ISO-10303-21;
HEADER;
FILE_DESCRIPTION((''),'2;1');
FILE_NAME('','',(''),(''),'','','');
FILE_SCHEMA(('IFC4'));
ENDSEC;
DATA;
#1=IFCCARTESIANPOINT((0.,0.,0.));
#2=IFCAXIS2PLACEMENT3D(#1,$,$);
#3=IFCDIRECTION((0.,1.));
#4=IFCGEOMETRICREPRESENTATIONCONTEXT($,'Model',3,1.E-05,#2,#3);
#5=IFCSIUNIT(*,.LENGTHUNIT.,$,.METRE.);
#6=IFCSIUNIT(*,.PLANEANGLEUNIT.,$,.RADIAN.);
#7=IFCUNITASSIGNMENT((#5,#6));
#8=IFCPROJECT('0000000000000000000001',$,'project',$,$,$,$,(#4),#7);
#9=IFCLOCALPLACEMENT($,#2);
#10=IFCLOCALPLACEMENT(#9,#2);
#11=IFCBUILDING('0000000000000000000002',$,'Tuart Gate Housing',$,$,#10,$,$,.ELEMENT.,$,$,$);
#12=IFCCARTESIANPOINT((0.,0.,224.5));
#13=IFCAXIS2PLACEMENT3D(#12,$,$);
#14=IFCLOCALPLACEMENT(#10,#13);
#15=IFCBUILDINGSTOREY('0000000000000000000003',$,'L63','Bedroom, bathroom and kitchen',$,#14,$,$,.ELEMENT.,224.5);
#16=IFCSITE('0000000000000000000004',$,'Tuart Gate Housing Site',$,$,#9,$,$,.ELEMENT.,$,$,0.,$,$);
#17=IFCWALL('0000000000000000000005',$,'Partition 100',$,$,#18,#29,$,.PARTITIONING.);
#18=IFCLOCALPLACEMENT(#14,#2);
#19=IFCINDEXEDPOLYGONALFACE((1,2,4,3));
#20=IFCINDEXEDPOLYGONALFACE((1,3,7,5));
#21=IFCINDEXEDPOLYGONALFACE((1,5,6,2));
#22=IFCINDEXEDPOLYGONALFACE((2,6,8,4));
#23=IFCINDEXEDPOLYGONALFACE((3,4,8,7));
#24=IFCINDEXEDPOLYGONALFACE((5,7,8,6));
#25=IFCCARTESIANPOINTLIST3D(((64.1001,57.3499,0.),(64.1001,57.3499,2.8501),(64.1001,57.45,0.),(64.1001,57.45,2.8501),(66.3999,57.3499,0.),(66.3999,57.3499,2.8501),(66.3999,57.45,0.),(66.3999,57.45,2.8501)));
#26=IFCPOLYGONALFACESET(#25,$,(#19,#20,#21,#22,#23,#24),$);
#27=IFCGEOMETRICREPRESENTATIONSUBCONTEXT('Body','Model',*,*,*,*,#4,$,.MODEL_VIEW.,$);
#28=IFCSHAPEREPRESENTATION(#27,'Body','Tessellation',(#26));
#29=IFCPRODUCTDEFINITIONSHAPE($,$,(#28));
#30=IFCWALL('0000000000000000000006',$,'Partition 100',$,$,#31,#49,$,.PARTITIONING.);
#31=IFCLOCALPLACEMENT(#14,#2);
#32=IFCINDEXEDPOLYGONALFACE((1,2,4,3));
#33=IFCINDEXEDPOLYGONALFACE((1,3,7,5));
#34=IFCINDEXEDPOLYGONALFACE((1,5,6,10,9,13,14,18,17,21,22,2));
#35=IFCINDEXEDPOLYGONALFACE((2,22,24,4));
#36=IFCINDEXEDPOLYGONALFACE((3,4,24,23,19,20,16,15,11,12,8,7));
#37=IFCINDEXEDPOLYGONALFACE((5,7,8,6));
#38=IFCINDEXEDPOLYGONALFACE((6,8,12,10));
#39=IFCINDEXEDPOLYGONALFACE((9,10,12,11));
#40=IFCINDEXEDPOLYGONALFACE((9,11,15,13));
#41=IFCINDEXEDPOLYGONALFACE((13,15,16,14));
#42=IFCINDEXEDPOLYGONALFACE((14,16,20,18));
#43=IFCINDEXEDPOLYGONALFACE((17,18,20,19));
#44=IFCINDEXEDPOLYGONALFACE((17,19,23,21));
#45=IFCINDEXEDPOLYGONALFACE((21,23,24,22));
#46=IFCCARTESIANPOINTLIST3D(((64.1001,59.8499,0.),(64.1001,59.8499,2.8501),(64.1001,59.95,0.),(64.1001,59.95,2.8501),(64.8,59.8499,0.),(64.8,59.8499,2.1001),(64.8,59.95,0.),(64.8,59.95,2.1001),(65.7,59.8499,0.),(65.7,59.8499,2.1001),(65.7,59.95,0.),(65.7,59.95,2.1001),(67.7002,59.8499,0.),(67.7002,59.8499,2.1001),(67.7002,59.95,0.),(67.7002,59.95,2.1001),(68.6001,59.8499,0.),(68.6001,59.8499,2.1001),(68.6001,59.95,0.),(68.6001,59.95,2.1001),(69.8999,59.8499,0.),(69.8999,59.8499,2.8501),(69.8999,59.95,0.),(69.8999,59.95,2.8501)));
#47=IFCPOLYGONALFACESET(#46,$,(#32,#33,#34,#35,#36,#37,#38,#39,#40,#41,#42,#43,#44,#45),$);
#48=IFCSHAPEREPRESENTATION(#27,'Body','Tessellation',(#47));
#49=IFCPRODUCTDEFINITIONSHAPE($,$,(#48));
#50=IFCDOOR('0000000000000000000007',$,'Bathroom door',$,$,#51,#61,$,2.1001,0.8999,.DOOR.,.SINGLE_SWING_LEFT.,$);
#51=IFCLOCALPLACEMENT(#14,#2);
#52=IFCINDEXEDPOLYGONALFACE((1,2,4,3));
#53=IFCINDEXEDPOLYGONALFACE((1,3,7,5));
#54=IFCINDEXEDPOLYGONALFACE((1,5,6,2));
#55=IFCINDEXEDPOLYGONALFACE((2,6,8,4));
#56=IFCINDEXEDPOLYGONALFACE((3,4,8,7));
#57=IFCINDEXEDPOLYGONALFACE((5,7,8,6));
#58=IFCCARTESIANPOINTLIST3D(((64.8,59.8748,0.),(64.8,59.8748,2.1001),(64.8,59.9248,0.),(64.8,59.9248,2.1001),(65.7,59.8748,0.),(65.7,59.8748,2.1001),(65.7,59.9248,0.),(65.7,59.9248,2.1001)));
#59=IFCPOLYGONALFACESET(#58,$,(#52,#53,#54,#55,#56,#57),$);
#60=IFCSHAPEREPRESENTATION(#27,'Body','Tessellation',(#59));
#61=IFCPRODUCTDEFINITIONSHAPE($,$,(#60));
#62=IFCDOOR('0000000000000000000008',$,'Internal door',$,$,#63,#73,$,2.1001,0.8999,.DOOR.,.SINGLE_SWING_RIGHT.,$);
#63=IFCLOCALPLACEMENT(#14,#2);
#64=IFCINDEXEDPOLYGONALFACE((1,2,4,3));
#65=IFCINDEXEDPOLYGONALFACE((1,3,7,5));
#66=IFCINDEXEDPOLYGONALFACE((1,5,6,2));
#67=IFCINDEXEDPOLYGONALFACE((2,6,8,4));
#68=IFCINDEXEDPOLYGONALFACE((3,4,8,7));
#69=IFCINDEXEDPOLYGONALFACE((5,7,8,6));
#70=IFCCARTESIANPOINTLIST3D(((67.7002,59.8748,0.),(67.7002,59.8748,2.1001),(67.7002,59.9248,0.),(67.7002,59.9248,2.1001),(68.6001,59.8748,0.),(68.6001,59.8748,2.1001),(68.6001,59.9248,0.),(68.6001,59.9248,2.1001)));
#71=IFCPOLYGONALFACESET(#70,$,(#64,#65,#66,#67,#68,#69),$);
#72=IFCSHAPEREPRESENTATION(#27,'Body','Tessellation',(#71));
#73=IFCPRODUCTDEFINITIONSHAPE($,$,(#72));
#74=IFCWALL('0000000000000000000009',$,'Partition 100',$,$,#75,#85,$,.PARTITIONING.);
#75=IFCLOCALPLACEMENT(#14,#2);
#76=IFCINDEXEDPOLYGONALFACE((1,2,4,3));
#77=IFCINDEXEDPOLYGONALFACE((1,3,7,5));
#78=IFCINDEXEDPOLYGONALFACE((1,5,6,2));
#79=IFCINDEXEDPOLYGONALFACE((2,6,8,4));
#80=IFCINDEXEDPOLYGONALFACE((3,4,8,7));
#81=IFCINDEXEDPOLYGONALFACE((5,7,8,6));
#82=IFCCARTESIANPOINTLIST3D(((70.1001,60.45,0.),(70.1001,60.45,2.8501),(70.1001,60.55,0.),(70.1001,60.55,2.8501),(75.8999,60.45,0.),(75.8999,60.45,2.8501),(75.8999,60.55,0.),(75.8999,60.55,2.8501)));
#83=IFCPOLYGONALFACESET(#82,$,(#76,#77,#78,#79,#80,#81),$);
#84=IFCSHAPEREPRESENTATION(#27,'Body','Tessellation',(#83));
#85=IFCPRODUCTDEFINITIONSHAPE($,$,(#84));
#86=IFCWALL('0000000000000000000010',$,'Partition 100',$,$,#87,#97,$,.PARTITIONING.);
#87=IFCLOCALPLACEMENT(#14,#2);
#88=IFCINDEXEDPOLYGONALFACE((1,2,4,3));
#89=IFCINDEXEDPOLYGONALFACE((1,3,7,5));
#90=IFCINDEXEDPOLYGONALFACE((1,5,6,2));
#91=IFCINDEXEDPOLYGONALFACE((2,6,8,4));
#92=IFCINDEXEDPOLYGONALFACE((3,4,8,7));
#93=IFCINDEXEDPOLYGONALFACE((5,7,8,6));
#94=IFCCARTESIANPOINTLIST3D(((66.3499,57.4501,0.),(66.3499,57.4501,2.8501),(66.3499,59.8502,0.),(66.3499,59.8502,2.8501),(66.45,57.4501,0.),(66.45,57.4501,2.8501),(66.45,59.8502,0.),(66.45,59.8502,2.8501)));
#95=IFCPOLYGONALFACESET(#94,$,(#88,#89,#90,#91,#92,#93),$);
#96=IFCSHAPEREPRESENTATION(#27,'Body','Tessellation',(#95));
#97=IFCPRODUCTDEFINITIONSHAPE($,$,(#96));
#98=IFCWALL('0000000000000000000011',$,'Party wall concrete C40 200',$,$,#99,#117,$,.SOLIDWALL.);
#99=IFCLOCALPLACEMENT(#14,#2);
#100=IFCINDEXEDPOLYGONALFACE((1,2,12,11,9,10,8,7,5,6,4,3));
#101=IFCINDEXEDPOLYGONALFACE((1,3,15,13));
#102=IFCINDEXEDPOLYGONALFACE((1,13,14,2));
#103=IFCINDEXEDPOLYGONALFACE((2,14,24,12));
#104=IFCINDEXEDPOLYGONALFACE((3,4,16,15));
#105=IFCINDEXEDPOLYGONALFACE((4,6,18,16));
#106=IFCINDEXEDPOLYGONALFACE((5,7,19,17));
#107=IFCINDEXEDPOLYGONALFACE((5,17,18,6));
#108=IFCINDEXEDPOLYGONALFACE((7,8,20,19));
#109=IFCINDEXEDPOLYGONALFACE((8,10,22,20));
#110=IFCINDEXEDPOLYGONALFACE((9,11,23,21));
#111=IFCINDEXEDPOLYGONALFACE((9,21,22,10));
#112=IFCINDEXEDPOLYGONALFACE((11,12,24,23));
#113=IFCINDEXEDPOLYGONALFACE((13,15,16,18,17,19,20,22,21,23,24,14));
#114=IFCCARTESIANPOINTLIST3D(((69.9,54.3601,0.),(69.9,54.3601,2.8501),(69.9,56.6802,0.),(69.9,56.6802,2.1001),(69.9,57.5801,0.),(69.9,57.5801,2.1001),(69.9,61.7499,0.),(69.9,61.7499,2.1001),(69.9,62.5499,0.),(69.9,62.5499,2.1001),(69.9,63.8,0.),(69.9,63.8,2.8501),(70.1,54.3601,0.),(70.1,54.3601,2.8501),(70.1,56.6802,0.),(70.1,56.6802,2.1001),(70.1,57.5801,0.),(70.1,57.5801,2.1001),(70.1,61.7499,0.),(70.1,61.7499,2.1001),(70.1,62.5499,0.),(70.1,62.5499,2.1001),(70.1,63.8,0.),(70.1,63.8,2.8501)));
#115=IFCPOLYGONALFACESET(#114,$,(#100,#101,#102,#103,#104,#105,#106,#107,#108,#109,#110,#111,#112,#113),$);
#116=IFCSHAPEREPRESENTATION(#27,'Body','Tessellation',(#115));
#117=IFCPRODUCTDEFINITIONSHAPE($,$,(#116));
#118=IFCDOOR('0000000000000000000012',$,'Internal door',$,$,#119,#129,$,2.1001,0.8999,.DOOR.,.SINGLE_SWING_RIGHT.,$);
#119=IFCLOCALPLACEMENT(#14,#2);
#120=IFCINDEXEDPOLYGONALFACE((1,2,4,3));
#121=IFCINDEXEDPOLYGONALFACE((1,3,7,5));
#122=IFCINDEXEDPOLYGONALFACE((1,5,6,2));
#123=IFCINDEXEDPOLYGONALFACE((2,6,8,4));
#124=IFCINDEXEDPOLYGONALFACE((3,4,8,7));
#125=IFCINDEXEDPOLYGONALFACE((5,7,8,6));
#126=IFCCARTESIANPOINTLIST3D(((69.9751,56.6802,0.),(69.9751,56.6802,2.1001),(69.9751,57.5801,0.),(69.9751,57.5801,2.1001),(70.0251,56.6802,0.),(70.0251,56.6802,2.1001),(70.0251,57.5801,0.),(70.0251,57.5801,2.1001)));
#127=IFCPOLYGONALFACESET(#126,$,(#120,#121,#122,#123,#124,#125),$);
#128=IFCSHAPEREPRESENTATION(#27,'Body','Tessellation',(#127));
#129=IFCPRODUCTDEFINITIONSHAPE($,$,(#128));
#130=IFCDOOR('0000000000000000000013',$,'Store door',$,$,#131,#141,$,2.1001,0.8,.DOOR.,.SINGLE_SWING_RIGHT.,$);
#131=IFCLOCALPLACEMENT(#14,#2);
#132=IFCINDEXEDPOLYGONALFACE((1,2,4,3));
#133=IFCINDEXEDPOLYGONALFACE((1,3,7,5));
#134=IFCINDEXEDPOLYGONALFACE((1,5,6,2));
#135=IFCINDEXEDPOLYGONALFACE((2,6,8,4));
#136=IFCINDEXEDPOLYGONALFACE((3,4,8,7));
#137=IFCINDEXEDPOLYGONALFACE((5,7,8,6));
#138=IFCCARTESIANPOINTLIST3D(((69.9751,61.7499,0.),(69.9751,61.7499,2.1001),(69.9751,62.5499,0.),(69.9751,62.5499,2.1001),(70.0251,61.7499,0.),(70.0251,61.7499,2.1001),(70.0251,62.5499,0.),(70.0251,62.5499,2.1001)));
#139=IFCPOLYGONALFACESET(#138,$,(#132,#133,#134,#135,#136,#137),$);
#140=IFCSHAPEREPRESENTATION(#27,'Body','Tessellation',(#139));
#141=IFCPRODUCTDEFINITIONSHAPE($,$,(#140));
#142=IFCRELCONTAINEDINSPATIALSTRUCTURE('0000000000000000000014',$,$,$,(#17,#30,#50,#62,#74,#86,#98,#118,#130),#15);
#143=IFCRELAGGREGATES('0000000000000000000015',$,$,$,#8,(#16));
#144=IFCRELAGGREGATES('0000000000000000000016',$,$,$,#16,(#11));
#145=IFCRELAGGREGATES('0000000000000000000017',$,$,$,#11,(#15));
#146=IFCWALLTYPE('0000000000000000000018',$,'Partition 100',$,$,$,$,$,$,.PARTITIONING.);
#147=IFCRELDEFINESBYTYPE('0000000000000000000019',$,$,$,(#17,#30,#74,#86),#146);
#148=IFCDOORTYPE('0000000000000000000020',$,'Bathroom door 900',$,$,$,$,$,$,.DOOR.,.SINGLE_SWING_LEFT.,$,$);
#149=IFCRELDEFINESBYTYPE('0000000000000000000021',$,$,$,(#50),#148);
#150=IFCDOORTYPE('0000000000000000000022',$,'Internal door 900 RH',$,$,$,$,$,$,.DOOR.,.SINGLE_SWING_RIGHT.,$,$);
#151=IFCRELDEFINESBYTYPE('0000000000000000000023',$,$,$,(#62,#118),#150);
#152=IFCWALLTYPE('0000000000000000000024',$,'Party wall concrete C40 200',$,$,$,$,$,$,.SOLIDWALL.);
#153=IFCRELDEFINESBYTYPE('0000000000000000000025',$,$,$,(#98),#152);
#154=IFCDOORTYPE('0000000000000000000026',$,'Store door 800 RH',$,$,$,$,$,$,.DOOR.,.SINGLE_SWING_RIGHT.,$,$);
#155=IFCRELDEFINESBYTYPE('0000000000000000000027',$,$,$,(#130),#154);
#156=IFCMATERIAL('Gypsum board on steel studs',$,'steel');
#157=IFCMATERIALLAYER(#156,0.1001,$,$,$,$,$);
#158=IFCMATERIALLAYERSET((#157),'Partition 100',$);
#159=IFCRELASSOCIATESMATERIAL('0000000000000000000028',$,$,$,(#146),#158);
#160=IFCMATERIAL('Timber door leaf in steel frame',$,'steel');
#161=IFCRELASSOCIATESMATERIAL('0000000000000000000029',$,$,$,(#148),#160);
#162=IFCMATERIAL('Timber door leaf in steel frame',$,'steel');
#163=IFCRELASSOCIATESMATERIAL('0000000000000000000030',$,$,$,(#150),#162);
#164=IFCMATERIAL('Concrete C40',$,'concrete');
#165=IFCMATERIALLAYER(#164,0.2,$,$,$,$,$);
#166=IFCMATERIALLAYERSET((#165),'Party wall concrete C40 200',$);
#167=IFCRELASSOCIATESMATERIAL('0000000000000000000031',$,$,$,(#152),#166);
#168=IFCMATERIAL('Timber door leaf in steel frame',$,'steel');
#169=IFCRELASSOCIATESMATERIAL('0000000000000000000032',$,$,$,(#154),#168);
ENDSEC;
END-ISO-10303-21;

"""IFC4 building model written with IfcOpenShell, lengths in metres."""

from ifc_helpers import new_model, si_unit, direction, frame, frame_2d, origin, place, context, subcontext, project, spatial, rectangle, extrude, material, layer, layer_set, type_object, element, fill, save


model = new_model("IFC4")

# Units and contexts
model_context = context("Model", 3, precision=1e-05, world=origin(), true_north=direction((0.0, 1.0)))
body_context = subcontext(model_context, "Body", "Model", "MODEL_VIEW")
ifc_project = project(units=[si_unit("LENGTHUNIT", "METRE"), si_unit("PLANEANGLEUNIT", "RADIAN")], contexts=[model_context])

# Site, building, storey
site_placement = place(None, origin())
site = spatial("IfcSite", under=ifc_project, at=site_placement, Name="Tuart Gate Housing Site", CompositionType="ELEMENT", RefElevation=0.0)
building_placement = place(site_placement, origin())
building = spatial("IfcBuilding", under=site, at=building_placement, Name="Tuart Gate Housing", CompositionType="ELEMENT")
storey_placement = place(building_placement, frame((0.0, 0.0, 224.5)))
storey = spatial("IfcBuildingStorey", under=building, at=storey_placement, Name="L63", Description="Bedroom, bathroom and kitchen", CompositionType="ELEMENT", Elevation=224.5)

# Wall
ifc_material_1 = material(Name="Gypsum board on steel studs", Category="steel")
ifc_layer_1 = layer(ifc_material_1, 0.1001)
ifc_layer_set_1 = layer_set([ifc_layer_1], Name="Partition 100")
wall_type_1 = type_object("IfcWallType", Name="Partition 100", PredefinedType="PARTITIONING", material=ifc_layer_set_1)
wall_1_placement = place(storey_placement, frame((64.1001, 57.3999, 0.0), z_axis=(0.0, 0.0, 1.0), x_axis=(1.0, 0.0, 0.0)))
element("IfcWall", 1, at=wall_1_placement, inside=storey, type_object=wall_type_1, Name="Partition 100", PredefinedType="PARTITIONING", context=body_context, shape_type="SweptSolid", body=[
    extrude(rectangle(XDim=2.2998, YDim=0.1001, at=frame_2d((1.1499, 0.0))), origin(), (0.0, 0.0, 1.0), 2.8501),
])

# Wall, openings, doors
wall_2_placement = place(storey_placement, frame((64.1001, 59.8999, 0.0), z_axis=(0.0, 0.0, 1.0), x_axis=(1.0, 0.0, 0.0)))
wall_2 = element("IfcWall", 2, at=wall_2_placement, inside=storey, type_object=wall_type_1, Name="Partition 100", PredefinedType="PARTITIONING", context=body_context, shape_type="SweptSolid", body=[
    extrude(rectangle(XDim=5.7998, YDim=0.1001, at=frame_2d((2.8999, 0.0))), origin(), (0.0, 0.0, 1.0), 2.8501),
])
opening_1_placement = place(wall_2_placement, frame((3.6001, 0.0, 0.0)))
opening_1 = element("IfcOpeningElement", 3, at=opening_1_placement, cuts=wall_2, PredefinedType="OPENING", context=body_context, shape_type="SweptSolid", body=[
    extrude(rectangle(XDim=0.8999, YDim=2.1001, at=frame_2d((0.45, 1.05))), frame((0.0, 0.0601, 0.0), z_axis=(0.0, -1.0, 0.0), x_axis=(1.0, 0.0, 0.0)), (0.0, 0.0, 1.0), 0.1201),
])
opening_2_placement = place(wall_2_placement, frame((0.7, 0.0, 0.0)))
opening_2 = element("IfcOpeningElement", 4, at=opening_2_placement, cuts=wall_2, PredefinedType="OPENING", context=body_context, shape_type="SweptSolid", body=[
    extrude(rectangle(XDim=0.8999, YDim=2.1001, at=frame_2d((0.45, 1.05))), frame((0.0, 0.0601, 0.0), z_axis=(0.0, -1.0, 0.0), x_axis=(1.0, 0.0, 0.0)), (0.0, 0.0, 1.0), 0.1201),
])
ifc_material_2 = material(Name="Timber door leaf in steel frame", Category="steel")
door_type_1 = type_object("IfcDoorType", Name="Bathroom door 900", OperationType="SINGLE_SWING_LEFT", PredefinedType="DOOR", material=ifc_material_2)
door_1_placement = place(opening_2_placement, frame((0.8999, 0.0, 0.0), z_axis=(0.0, 0.0, 1.0), x_axis=(-1.0, 0.0, 0.0)))
door_1 = element("IfcDoor", 5, at=door_1_placement, inside=storey, type_object=door_type_1, Name="Bathroom door", OperationType="SINGLE_SWING_LEFT", OverallHeight=2.1001, OverallWidth=0.8999, PredefinedType="DOOR", context=body_context, shape_type="SweptSolid", body=[
    extrude(rectangle(XDim=0.8999, YDim=2.1001, at=frame_2d((0.45, 1.05))), frame((0.0, 0.0251, 0.0), z_axis=(0.0, -1.0, 0.0), x_axis=(1.0, 0.0, 0.0)), (0.0, 0.0, 1.0), 0.05),
])
fill(opening_2, door_1)
ifc_material_3 = material(Name="Timber door leaf in steel frame", Category="steel")
door_type_2 = type_object("IfcDoorType", Name="Internal door 900 RH", OperationType="SINGLE_SWING_RIGHT", PredefinedType="DOOR", material=ifc_material_3)
door_2_placement = place(opening_1_placement, origin())
door_2 = element("IfcDoor", 6, at=door_2_placement, inside=storey, type_object=door_type_2, Name="Internal door", OperationType="SINGLE_SWING_RIGHT", OverallHeight=2.1001, OverallWidth=0.8999, PredefinedType="DOOR", context=body_context, shape_type="SweptSolid", body=[
    extrude(rectangle(XDim=0.8999, YDim=2.1001, at=frame_2d((0.45, 1.05))), frame((0.0, 0.0249, 0.0), z_axis=(0.0, -1.0, 0.0), x_axis=(1.0, 0.0, 0.0)), (0.0, 0.0, 1.0), 0.05),
])
fill(opening_1, door_2)

# Walls
wall_3_placement = place(storey_placement, frame((70.1001, 60.5, 0.0), z_axis=(0.0, 0.0, 1.0), x_axis=(1.0, 0.0, 0.0)))
element("IfcWall", 7, at=wall_3_placement, inside=storey, type_object=wall_type_1, Name="Partition 100", PredefinedType="PARTITIONING", context=body_context, shape_type="SweptSolid", body=[
    extrude(rectangle(XDim=5.7998, YDim=0.1001, at=frame_2d((2.8999, 0.0))), origin(), (0.0, 0.0, 1.0), 2.8501),
])
wall_4_placement = place(storey_placement, frame((66.3999, 57.45, 0.0), z_axis=(0.0, 0.0, 1.0), x_axis=(0.0, 1.0, 0.0)))
element("IfcWall", 8, at=wall_4_placement, inside=storey, type_object=wall_type_1, Name="Partition 100", PredefinedType="PARTITIONING", context=body_context, shape_type="SweptSolid", body=[
    extrude(rectangle(XDim=2.4001, YDim=0.1001, at=frame_2d((1.2002, 0.0))), origin(), (0.0, 0.0, 1.0), 2.8501),
])

# Wall, openings, doors
ifc_material_4 = material(Name="Concrete C40", Category="concrete")
ifc_layer_2 = layer(ifc_material_4, 0.2)
ifc_layer_set_2 = layer_set([ifc_layer_2], Name="Party wall concrete C40 200")
wall_type_2 = type_object("IfcWallType", Name="Party wall concrete C40 200", PredefinedType="SOLIDWALL", material=ifc_layer_set_2)
wall_5_placement = place(storey_placement, frame((70.0, 54.3601, 0.0), z_axis=(0.0, 0.0, 1.0), x_axis=(0.0, 1.0, 0.0)))
wall_5 = element("IfcWall", 9, at=wall_5_placement, inside=storey, type_object=wall_type_2, Name="Party wall concrete C40 200", PredefinedType="SOLIDWALL", context=body_context, shape_type="SweptSolid", body=[
    extrude(rectangle(XDim=9.4399, YDim=0.2, at=frame_2d((4.72, 0.0))), origin(), (0.0, 0.0, 1.0), 2.8501),
])
opening_3_placement = place(wall_5_placement, frame((2.3201, 0.0, 0.0)))
opening_3 = element("IfcOpeningElement", 10, at=opening_3_placement, cuts=wall_5, PredefinedType="OPENING", context=body_context, shape_type="SweptSolid", body=[
    extrude(rectangle(XDim=0.8999, YDim=2.1001, at=frame_2d((0.45, 1.05))), frame((0.0, 0.1099, 0.0), z_axis=(0.0, -1.0, 0.0), x_axis=(1.0, 0.0, 0.0)), (0.0, 0.0, 1.0), 0.22),
])
opening_4_placement = place(wall_5_placement, frame((7.3899, 0.0, 0.0)))
opening_4 = element("IfcOpeningElement", 11, at=opening_4_placement, cuts=wall_5, PredefinedType="OPENING", context=body_context, shape_type="SweptSolid", body=[
    extrude(rectangle(XDim=0.8, YDim=2.1001, at=frame_2d((0.3999, 1.05))), frame((0.0, 0.1099, 0.0), z_axis=(0.0, -1.0, 0.0), x_axis=(1.0, 0.0, 0.0)), (0.0, 0.0, 1.0), 0.22),
])
door_3_placement = place(opening_3_placement, frame((0.8999, 0.0, 0.0), z_axis=(0.0, 0.0, 1.0), x_axis=(-1.0, 0.0, 0.0)))
door_3 = element("IfcDoor", 12, at=door_3_placement, inside=storey, type_object=door_type_2, Name="Internal door", OperationType="SINGLE_SWING_RIGHT", OverallHeight=2.1001, OverallWidth=0.8999, PredefinedType="DOOR", context=body_context, shape_type="SweptSolid", body=[
    extrude(rectangle(XDim=0.8999, YDim=2.1001, at=frame_2d((0.45, 1.05))), frame((0.0, 0.0251, 0.0), z_axis=(0.0, -1.0, 0.0), x_axis=(1.0, 0.0, 0.0)), (0.0, 0.0, 1.0), 0.05),
])
fill(opening_3, door_3)
ifc_material_5 = material(Name="Timber door leaf in steel frame", Category="steel")
door_type_3 = type_object("IfcDoorType", Name="Store door 800 RH", OperationType="SINGLE_SWING_RIGHT", PredefinedType="DOOR", material=ifc_material_5)
door_4_placement = place(opening_4_placement, frame((0.8, 0.0, 0.0), z_axis=(0.0, 0.0, 1.0), x_axis=(-1.0, 0.0, 0.0)))
door_4 = element("IfcDoor", 13, at=door_4_placement, inside=storey, type_object=door_type_3, Name="Store door", OperationType="SINGLE_SWING_RIGHT", OverallHeight=2.1001, OverallWidth=0.8, PredefinedType="DOOR", context=body_context, shape_type="SweptSolid", body=[
    extrude(rectangle(XDim=0.8, YDim=2.1001, at=frame_2d((0.4001, 1.05))), frame((0.0, 0.0251, 0.0), z_axis=(0.0, -1.0, 0.0), x_axis=(1.0, 0.0, 0.0)), (0.0, 0.0, 1.0), 0.05),
])
fill(opening_4, door_4)

save(model, "model.ifc")
